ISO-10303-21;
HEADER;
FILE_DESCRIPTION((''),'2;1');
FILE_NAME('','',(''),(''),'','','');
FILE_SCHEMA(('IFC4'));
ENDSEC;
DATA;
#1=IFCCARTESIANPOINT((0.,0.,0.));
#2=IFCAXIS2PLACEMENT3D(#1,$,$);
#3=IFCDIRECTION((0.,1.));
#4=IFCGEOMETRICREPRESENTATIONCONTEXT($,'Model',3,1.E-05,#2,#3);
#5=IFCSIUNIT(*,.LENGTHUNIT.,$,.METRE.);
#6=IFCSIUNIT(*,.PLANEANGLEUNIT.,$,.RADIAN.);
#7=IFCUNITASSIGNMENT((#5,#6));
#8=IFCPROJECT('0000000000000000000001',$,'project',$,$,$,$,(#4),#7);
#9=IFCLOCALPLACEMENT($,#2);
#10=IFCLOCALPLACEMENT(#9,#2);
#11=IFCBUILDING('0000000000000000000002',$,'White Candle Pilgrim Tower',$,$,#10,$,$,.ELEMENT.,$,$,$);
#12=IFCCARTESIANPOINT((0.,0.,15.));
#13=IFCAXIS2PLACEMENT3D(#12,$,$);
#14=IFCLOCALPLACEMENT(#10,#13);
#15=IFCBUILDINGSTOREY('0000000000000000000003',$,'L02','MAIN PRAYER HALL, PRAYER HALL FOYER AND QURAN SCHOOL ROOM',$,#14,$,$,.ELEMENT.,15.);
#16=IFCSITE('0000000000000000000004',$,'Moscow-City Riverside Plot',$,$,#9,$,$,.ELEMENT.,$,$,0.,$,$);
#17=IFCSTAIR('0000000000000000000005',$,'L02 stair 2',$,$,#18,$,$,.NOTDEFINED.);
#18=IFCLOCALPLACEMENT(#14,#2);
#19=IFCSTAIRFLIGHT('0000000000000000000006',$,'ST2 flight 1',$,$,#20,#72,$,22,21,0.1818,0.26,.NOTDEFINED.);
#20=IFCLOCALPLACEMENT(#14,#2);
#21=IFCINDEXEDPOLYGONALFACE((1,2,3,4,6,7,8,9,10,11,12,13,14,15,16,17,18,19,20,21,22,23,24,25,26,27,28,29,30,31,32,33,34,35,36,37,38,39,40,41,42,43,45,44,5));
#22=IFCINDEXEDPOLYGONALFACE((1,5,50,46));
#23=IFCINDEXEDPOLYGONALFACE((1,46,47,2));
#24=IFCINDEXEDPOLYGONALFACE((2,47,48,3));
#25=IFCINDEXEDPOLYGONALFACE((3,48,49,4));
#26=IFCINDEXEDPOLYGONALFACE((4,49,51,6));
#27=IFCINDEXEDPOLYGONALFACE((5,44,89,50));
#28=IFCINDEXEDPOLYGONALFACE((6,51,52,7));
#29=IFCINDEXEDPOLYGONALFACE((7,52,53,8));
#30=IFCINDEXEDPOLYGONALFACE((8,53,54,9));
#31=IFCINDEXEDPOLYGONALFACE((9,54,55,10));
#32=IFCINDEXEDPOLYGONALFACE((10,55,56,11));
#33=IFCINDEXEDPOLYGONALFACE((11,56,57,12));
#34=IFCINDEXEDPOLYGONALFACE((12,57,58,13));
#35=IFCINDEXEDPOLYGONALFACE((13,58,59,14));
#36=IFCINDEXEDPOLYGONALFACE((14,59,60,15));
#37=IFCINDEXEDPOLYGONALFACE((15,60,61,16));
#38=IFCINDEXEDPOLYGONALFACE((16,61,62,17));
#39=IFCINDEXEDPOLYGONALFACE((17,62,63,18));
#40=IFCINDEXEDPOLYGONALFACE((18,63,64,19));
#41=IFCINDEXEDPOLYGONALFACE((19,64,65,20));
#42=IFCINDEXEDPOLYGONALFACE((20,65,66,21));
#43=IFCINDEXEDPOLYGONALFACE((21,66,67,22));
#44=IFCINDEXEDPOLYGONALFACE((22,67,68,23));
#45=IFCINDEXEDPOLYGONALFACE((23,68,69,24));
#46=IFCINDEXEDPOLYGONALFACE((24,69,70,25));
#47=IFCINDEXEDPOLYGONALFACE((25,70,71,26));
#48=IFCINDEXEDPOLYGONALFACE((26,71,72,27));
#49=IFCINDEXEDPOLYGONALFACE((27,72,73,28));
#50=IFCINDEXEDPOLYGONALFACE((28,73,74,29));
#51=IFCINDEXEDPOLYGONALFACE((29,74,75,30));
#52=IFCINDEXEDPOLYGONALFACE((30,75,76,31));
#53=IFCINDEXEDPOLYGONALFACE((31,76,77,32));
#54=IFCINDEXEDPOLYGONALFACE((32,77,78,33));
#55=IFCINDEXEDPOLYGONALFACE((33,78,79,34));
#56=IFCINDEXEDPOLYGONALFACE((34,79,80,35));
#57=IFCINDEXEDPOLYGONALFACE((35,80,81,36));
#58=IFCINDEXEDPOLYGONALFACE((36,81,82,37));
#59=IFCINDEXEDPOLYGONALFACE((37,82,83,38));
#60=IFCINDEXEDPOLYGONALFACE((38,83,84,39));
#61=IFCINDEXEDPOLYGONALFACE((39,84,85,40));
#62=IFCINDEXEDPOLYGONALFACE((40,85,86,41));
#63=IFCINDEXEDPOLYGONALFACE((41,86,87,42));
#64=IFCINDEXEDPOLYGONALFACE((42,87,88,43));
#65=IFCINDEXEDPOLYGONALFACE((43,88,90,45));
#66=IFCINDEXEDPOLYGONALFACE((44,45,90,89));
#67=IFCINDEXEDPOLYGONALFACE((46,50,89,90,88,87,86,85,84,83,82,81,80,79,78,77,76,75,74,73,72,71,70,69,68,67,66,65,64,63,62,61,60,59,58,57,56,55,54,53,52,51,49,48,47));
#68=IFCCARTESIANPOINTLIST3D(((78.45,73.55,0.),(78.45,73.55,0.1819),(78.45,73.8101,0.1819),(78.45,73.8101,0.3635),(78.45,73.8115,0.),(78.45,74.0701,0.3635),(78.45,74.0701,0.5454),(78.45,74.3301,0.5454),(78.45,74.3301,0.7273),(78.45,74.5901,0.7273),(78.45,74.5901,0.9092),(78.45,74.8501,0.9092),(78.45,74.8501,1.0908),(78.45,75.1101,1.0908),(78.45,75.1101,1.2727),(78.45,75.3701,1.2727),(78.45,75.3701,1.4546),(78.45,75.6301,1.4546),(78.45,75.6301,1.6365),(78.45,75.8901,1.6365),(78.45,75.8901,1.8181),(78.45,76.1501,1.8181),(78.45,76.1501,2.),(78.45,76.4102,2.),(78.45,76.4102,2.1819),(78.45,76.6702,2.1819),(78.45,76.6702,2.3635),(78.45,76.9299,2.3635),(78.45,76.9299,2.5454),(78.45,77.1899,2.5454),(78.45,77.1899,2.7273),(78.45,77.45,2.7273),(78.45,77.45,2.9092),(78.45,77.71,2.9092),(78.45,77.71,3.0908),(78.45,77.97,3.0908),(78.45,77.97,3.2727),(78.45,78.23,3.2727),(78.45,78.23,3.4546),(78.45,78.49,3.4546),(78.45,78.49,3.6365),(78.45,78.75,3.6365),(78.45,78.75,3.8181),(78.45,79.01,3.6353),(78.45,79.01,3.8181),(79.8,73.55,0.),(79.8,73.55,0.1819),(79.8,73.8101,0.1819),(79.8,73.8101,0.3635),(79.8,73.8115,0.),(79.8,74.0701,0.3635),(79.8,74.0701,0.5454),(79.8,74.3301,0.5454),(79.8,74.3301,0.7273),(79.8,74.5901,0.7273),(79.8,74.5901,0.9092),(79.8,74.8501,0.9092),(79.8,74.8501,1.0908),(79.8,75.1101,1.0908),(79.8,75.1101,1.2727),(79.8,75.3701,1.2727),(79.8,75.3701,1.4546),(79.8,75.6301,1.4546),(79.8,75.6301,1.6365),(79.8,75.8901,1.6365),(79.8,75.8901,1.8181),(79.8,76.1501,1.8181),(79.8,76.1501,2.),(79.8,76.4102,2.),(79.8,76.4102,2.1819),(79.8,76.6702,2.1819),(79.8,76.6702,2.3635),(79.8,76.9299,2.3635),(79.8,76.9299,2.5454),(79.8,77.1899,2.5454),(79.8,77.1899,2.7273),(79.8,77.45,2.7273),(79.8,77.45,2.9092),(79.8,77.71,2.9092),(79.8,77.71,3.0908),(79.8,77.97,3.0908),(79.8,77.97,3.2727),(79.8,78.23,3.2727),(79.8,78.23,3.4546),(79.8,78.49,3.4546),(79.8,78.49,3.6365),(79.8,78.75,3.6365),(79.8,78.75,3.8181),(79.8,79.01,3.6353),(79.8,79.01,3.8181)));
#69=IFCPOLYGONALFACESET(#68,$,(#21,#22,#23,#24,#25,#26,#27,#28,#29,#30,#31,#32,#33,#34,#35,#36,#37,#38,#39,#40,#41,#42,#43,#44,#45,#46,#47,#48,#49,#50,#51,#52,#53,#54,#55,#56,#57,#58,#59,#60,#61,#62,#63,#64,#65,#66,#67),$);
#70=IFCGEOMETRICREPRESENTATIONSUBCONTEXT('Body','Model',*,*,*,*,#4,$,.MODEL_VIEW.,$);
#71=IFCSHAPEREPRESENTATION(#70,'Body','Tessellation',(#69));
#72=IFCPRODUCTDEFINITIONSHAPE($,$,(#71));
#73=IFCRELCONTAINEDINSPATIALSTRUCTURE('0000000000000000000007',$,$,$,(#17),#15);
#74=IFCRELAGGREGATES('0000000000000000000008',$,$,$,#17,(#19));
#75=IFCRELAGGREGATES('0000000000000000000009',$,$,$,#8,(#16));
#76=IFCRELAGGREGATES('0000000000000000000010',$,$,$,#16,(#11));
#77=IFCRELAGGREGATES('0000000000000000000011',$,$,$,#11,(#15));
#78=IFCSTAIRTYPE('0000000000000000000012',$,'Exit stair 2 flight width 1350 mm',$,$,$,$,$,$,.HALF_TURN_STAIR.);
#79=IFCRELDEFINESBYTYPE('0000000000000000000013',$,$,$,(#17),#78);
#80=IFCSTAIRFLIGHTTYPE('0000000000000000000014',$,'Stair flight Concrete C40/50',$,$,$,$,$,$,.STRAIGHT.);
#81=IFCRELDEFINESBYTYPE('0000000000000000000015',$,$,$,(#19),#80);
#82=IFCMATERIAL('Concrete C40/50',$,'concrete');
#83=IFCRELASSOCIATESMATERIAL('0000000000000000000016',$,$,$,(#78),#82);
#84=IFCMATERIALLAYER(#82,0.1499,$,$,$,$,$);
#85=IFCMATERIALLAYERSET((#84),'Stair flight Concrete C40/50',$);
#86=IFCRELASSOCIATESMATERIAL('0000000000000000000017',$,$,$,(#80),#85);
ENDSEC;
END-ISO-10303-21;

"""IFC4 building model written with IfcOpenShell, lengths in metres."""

from ifc_helpers import new_model, si_unit, direction, frame, origin, place, context, subcontext, project, spatial, polyline, outline, extrude, material, layer, layer_set, type_object, element, aggregate, save


model = new_model("IFC4")

# Units and contexts
model_context = context("Model", 3, precision=1e-05, world=origin(), true_north=direction((0.0, 1.0)))
body_context = subcontext(model_context, "Body", "Model", "MODEL_VIEW")
ifc_project = project(units=[si_unit("LENGTHUNIT", "METRE"), si_unit("PLANEANGLEUNIT", "RADIAN")], contexts=[model_context])

# Site, building, storey
site_placement = place(None, origin())
site = spatial("IfcSite", under=ifc_project, at=site_placement, Name="Moscow-City Riverside Plot", CompositionType="ELEMENT", RefElevation=0.0)
building_placement = place(site_placement, origin())
building = spatial("IfcBuilding", under=site, at=building_placement, Name="White Candle Pilgrim Tower", CompositionType="ELEMENT")
storey_placement = place(building_placement, frame((0.0, 0.0, 15.0)))
storey = spatial("IfcBuildingStorey", under=building, at=storey_placement, Name="L02", Description="MAIN PRAYER HALL, PRAYER HALL FOYER AND QURAN SCHOOL ROOM", CompositionType="ELEMENT", Elevation=15.0)

# Stair, stair flight
ifc_material_1 = material(Name="Concrete C40/50", Category="concrete")
stair_type = type_object("IfcStairType", Name="Exit stair 2 flight width 1350 mm", PredefinedType="HALF_TURN_STAIR", material=ifc_material_1)
stair_placement = place(storey_placement, origin())
stair = element("IfcStair", 1, at=stair_placement, inside=storey, type_object=stair_type, Name="L02 stair 2", PredefinedType="NOTDEFINED")
ifc_layer_1 = layer(ifc_material_1, 0.1499)
ifc_layer_set_1 = layer_set([ifc_layer_1], Name="Stair flight Concrete C40/50")
stair_flight_type = type_object("IfcStairFlightType", Name="Stair flight Concrete C40/50", PredefinedType="STRAIGHT", material=ifc_layer_set_1)
stair_flight_placement = place(storey_placement, frame((79.125, 73.55, 0.0), z_axis=(0.0, 0.0, 1.0), x_axis=(0.0, 1.0, 0.0)))
stair_flight = element("IfcStairFlight", 2, at=stair_flight_placement, type_object=stair_flight_type, Name="ST2 flight 1", NumberOfRisers=22, NumberOfTreads=21, PredefinedType="NOTDEFINED", RiserHeight=0.1818, TreadLength=0.26, context=body_context, shape_type="SweptSolid", body=[
    extrude(outline(polyline([(0.0, 0.0), (0.0, 0.1819), (0.26, 0.1819), (0.26, 0.3635), (0.52, 0.3635), (0.52, 0.5454), (0.78, 0.5454), (0.78, 0.7273), (1.04, 0.7273), (1.04, 0.9092), (1.3, 0.9092), (1.3, 1.0908), (1.5601, 1.0908), (1.5601, 1.2727), (1.8201, 1.2727), (1.8201, 1.4546), (2.0801, 1.4546), (2.0801, 1.6365), (2.3401, 1.6365), (2.3401, 1.8181), (2.6001, 1.8181), (2.6001, 2.0), (2.8601, 2.0), (2.8601, 2.1819), (3.1201, 2.1819), (3.1201, 2.3635), (3.3799, 2.3635), (3.3799, 2.5454), (3.6399, 2.5454), (3.6399, 2.7273), (3.8999, 2.7273), (3.8999, 2.9092), (4.1599, 2.9092), (4.1599, 3.0908), (4.4199, 3.0908), (4.4199, 3.2727), (4.6799, 3.2727), (4.6799, 3.4546), (4.9399, 3.4546), (4.9399, 3.6365), (5.2, 3.6365), (5.2, 3.8181), (5.46, 3.8181), (5.46, 4.0), (5.46, 3.6353), (0.2615, 0.0), (0.0, 0.0)])), frame((0.0, 0.675, 0.0), z_axis=(0.0, -1.0, 0.0), x_axis=(1.0, 0.0, 0.0)), (0.0, 0.0, 1.0), 1.3501),
])
aggregate(stair, [stair_flight])

save(model, "model.ifc")
